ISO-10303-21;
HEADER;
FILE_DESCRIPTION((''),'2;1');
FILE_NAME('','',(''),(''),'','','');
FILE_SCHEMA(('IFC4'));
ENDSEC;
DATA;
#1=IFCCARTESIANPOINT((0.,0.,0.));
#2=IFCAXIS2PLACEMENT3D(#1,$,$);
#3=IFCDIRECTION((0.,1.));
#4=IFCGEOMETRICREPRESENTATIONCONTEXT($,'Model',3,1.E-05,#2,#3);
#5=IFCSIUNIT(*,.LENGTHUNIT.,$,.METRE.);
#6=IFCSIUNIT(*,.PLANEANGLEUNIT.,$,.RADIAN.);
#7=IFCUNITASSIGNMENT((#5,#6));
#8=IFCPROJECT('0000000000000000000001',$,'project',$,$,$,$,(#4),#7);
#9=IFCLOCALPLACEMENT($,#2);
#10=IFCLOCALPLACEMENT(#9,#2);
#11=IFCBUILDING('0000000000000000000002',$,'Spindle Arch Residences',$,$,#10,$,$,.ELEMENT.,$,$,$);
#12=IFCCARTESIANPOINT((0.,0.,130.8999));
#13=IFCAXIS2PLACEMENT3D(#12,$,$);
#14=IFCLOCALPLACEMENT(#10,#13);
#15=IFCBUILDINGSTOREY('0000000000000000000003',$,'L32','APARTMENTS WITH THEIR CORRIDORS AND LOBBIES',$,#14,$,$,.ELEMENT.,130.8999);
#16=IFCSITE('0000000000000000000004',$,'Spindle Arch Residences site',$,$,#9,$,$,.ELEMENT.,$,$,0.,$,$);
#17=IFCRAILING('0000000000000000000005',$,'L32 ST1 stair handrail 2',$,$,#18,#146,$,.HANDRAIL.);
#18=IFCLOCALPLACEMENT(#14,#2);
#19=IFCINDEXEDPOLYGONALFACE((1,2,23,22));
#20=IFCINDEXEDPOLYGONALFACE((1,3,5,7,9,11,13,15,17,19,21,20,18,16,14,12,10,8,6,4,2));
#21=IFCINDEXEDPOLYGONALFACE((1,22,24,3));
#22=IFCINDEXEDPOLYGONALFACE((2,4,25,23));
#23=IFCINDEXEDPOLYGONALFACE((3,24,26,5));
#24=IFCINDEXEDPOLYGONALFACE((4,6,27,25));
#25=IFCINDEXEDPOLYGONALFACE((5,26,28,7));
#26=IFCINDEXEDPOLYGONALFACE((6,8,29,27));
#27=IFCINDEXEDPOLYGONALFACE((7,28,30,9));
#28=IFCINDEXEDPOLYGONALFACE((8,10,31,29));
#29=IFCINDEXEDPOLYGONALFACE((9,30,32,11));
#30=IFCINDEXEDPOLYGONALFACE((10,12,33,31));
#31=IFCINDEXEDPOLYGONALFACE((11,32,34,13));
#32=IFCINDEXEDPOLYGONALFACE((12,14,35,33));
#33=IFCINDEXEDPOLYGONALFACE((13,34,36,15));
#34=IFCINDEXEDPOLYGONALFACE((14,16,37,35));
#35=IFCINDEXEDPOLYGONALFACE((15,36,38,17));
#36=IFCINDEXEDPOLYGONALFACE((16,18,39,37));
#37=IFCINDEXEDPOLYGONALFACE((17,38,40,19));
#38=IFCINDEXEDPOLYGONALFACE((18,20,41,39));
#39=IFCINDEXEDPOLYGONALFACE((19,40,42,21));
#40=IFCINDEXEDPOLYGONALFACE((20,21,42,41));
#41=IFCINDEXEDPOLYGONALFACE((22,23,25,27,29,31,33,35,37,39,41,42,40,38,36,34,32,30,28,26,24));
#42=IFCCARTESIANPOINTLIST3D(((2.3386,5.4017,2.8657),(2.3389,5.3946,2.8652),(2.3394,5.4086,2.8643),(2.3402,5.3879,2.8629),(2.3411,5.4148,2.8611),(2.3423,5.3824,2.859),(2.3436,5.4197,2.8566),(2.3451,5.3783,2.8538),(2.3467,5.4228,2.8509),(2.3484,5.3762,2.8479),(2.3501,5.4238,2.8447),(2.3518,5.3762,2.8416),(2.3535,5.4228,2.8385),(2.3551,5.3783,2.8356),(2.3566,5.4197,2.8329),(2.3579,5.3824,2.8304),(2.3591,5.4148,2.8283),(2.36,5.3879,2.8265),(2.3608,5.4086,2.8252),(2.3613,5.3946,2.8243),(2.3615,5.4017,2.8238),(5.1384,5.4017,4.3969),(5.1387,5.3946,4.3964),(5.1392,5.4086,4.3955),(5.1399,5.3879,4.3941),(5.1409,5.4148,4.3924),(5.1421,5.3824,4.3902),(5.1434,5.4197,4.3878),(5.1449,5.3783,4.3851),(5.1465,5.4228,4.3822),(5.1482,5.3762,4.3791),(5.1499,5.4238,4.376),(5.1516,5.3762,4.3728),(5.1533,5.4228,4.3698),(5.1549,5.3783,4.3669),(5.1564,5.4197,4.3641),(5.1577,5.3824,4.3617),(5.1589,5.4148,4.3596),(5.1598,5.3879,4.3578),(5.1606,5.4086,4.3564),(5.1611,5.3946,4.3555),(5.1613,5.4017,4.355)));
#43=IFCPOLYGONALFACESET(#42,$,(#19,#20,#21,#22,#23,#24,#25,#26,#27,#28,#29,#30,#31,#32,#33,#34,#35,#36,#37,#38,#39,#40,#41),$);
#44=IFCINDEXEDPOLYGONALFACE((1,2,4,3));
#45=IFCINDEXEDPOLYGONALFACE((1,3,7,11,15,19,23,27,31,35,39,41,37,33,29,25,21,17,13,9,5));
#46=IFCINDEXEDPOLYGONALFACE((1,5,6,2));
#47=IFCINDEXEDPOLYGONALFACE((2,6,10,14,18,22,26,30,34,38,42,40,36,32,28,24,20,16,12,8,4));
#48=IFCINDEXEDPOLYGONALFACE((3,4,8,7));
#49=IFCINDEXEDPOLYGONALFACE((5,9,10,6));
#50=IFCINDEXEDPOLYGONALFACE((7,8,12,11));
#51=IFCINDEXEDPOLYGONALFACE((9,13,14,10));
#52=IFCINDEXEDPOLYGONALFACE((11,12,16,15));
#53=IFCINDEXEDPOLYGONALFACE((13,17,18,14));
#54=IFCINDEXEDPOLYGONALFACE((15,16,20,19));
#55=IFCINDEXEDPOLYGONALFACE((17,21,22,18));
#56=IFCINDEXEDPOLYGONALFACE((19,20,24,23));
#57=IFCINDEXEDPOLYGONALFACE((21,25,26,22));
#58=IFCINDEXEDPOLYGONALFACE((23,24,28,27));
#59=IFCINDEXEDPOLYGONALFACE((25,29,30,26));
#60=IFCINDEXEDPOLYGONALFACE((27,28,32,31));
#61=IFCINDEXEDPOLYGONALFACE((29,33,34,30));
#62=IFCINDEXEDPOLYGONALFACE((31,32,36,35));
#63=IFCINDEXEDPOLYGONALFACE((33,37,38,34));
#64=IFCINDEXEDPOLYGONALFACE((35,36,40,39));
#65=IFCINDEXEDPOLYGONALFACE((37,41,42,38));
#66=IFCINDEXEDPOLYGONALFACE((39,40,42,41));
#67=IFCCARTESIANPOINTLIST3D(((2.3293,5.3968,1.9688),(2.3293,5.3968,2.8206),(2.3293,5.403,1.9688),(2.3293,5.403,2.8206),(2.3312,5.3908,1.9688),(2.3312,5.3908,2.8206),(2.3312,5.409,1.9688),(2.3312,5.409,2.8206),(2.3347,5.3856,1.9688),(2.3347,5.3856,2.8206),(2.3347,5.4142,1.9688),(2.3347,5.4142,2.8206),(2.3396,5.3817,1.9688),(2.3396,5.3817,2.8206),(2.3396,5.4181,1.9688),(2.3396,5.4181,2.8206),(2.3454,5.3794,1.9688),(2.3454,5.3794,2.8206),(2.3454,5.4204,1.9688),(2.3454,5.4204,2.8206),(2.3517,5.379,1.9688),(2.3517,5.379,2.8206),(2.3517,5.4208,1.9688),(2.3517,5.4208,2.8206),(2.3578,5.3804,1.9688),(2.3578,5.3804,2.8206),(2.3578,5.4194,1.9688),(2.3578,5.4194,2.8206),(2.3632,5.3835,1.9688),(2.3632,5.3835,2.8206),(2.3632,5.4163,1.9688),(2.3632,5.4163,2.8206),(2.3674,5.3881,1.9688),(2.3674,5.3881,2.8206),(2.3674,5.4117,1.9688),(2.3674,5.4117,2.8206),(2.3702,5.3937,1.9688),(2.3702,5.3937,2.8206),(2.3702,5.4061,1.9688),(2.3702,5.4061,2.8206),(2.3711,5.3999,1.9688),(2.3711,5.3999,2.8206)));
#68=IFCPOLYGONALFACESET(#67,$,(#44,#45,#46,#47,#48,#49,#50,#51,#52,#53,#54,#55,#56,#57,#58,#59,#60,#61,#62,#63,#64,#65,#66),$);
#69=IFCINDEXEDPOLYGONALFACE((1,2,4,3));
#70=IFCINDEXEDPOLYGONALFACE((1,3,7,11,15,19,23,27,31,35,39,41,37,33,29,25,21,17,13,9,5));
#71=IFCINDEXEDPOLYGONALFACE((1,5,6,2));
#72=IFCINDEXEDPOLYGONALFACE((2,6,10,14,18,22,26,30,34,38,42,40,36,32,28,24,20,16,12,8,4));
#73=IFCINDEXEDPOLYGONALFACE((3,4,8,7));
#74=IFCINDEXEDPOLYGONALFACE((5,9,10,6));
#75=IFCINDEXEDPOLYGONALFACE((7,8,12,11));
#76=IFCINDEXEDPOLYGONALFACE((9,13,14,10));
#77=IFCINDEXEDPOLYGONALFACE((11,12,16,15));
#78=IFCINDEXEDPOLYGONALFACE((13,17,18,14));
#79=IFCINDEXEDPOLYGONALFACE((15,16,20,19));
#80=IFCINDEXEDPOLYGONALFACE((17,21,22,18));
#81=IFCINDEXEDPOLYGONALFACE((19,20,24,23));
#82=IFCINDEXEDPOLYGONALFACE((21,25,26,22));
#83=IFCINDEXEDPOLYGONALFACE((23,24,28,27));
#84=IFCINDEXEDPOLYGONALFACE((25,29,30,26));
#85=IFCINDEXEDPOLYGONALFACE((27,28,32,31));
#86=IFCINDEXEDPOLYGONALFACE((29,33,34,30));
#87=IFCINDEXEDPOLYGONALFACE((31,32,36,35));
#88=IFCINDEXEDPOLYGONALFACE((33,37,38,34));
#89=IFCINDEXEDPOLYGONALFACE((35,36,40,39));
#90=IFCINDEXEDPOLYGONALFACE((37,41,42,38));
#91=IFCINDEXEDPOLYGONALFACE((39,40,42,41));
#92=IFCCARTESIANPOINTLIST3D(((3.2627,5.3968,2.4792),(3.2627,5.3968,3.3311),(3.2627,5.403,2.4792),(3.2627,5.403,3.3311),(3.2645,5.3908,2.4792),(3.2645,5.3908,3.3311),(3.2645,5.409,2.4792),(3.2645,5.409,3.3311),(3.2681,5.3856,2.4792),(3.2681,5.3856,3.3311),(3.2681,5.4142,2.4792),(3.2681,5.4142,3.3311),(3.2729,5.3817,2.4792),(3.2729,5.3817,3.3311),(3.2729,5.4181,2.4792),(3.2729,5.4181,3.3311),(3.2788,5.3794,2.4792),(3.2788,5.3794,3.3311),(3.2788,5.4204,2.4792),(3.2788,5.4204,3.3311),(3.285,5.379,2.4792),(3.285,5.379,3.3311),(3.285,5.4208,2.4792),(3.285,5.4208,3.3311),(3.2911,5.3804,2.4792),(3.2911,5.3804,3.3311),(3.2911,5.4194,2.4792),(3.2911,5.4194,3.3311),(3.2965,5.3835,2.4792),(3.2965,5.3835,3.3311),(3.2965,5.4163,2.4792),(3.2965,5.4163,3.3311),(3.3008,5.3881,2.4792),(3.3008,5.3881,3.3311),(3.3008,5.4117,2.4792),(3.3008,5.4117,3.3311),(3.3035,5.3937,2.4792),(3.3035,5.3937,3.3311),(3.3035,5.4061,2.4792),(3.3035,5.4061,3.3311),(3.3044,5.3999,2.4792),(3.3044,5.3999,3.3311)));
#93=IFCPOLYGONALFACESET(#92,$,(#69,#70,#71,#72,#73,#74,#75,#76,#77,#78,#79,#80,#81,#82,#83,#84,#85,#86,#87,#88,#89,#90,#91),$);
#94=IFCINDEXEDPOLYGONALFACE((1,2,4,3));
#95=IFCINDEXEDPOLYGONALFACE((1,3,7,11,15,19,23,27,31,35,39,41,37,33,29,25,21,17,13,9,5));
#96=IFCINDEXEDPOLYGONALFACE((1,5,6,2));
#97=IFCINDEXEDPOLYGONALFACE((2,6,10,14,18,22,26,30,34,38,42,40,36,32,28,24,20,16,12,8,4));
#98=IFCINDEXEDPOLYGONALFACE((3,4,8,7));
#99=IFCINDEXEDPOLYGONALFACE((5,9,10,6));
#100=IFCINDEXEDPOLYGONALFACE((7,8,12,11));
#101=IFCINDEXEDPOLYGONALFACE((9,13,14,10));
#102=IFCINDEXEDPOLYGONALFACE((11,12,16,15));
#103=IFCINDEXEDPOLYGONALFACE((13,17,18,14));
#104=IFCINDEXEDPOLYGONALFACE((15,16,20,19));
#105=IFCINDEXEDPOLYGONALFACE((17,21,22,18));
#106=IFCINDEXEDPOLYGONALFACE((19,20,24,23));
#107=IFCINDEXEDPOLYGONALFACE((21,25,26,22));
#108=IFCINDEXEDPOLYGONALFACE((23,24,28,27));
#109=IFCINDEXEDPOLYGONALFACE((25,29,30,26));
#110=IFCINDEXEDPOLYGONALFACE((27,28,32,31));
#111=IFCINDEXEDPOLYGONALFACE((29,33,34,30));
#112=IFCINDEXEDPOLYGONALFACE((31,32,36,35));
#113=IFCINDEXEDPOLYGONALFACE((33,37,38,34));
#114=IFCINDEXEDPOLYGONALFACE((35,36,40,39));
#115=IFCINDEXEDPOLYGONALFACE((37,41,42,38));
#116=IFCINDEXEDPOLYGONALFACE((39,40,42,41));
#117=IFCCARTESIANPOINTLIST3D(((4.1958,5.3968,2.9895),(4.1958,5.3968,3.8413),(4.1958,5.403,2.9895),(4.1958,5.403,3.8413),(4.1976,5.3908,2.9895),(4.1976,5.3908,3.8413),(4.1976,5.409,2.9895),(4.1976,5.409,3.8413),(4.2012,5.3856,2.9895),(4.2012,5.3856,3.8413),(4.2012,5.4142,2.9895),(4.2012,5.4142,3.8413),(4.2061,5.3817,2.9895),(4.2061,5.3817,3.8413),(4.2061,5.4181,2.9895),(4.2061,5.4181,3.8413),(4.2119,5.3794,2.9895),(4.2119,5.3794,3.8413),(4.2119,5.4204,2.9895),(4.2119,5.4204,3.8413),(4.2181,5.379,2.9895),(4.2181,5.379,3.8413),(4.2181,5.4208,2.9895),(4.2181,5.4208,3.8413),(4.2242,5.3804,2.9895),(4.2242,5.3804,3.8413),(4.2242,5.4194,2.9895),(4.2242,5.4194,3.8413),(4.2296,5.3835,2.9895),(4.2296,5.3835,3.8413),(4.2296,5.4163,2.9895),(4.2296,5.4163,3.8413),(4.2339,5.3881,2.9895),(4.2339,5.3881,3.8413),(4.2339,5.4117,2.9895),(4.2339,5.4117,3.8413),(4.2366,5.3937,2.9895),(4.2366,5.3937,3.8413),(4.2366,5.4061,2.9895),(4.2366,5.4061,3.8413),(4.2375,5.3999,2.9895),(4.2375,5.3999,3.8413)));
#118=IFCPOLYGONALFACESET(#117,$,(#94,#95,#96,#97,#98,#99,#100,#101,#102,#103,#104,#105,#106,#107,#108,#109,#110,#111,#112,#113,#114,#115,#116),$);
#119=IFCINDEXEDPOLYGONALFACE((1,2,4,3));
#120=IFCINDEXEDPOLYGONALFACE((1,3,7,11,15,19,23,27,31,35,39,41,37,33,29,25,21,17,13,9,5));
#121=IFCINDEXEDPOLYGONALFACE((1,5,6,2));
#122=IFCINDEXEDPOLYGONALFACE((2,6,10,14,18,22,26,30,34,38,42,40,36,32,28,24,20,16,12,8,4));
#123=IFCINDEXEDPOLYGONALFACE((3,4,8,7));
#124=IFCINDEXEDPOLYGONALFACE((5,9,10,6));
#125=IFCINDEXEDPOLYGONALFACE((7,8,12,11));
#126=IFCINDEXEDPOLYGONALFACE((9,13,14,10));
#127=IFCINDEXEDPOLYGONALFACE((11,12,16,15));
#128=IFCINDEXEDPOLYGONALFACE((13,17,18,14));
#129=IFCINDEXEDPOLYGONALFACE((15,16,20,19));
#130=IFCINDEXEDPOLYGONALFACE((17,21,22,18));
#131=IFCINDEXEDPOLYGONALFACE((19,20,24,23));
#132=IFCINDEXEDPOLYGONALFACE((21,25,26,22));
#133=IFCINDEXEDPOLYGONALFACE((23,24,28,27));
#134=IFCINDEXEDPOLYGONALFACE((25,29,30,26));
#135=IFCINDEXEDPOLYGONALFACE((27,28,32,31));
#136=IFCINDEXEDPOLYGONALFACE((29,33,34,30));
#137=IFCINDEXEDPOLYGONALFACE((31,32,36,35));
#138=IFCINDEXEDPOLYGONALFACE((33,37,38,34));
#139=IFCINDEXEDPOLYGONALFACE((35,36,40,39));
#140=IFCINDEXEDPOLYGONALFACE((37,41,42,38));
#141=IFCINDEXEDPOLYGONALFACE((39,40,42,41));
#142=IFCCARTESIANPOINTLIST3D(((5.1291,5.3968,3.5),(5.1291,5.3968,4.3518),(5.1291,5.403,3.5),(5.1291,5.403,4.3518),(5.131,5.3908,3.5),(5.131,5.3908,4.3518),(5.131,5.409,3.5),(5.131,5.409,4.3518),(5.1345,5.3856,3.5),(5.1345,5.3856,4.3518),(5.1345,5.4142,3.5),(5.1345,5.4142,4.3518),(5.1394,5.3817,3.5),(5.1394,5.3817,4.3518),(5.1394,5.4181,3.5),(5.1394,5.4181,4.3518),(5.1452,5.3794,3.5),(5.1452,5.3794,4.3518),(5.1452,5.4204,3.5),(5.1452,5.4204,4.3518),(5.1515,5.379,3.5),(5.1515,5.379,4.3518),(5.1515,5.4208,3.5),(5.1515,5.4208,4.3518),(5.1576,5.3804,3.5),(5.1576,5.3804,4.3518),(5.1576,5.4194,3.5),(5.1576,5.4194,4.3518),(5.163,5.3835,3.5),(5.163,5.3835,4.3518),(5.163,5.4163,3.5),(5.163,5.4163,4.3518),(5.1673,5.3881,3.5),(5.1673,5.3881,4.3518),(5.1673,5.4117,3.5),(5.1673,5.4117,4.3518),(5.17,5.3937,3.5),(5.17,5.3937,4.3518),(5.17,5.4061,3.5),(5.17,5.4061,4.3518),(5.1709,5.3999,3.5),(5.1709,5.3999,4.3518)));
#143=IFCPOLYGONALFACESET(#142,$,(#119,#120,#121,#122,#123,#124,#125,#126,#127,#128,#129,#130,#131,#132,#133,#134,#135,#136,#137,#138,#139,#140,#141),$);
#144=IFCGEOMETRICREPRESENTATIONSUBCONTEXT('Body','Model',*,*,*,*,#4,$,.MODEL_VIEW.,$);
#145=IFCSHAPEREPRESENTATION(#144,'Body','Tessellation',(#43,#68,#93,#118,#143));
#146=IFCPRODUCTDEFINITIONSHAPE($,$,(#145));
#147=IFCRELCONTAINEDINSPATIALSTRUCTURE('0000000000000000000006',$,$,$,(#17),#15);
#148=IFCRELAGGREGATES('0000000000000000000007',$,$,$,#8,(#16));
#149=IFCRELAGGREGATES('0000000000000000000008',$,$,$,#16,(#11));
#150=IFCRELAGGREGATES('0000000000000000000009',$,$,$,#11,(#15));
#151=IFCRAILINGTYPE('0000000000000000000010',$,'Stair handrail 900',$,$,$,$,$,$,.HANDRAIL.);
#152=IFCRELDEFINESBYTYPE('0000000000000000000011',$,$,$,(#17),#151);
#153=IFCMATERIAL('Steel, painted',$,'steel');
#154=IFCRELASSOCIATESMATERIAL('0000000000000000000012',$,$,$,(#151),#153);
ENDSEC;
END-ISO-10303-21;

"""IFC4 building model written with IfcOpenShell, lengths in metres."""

from ifc_helpers import new_model, si_unit, direction, frame, origin, origin_2d, place, context, subcontext, project, spatial, circle, extrude, material, type_object, element, save


model = new_model("IFC4")

# Units and contexts
model_context = context("Model", 3, precision=1e-05, world=origin(), true_north=direction((0.0, 1.0)))
body_context = subcontext(model_context, "Body", "Model", "MODEL_VIEW")
ifc_project = project(units=[si_unit("LENGTHUNIT", "METRE"), si_unit("PLANEANGLEUNIT", "RADIAN")], contexts=[model_context])

# Site, building, storey
site_placement = place(None, origin())
site = spatial("IfcSite", under=ifc_project, at=site_placement, Name="Spindle Arch Residences site", CompositionType="ELEMENT", RefElevation=0.0)
building_placement = place(site_placement, origin())
building = spatial("IfcBuilding", under=site, at=building_placement, Name="Spindle Arch Residences", CompositionType="ELEMENT")
storey_placement = place(building_placement, frame((0.0, 0.0, 130.8999)))
storey = spatial("IfcBuildingStorey", under=building, at=storey_placement, Name="L32", Description="APARTMENTS WITH THEIR CORRIDORS AND LOBBIES", CompositionType="ELEMENT", Elevation=130.8999)

# Railing
ifc_material_1 = material(Name="Steel, painted", Category="steel")
railing_type_1 = type_object("IfcRailingType", Name="Stair handrail 900", PredefinedType="HANDRAIL", material=ifc_material_1)
railing_1_placement = place(storey_placement, frame((2.3501, 5.3999, 1.9688)))
element("IfcRailing", 1, at=railing_1_placement, inside=storey, type_object=railing_type_1, Name="L32 ST1 stair handrail 2", PredefinedType="HANDRAIL", context=body_context, shape_type="SweptSolid", body=[
    extrude(circle(Radius=0.0239, at=origin_2d()), frame((0.0, 0.0, 0.876), z_axis=(0.877357, 0.0, 0.479838), x_axis=(0.0, 1.0, 0.0)), (0.0, 0.0, 1.0), 3.1912),
    extrude(circle(Radius=0.021, at=origin_2d()), origin(), (0.0, 0.0, 1.0), 0.8518),
    extrude(circle(Radius=0.021, at=origin_2d()), frame((0.9333, 0.0, 0.5105)), (0.0, 0.0, 1.0), 0.8518),
    extrude(circle(Radius=0.021, at=origin_2d()), frame((1.8665, 0.0, 1.0208)), (0.0, 0.0, 1.0), 0.8518),
    extrude(circle(Radius=0.021, at=origin_2d()), frame((2.7998, 0.0, 1.5312)), (0.0, 0.0, 1.0), 0.8518),
])

save(model, "model.ifc")
